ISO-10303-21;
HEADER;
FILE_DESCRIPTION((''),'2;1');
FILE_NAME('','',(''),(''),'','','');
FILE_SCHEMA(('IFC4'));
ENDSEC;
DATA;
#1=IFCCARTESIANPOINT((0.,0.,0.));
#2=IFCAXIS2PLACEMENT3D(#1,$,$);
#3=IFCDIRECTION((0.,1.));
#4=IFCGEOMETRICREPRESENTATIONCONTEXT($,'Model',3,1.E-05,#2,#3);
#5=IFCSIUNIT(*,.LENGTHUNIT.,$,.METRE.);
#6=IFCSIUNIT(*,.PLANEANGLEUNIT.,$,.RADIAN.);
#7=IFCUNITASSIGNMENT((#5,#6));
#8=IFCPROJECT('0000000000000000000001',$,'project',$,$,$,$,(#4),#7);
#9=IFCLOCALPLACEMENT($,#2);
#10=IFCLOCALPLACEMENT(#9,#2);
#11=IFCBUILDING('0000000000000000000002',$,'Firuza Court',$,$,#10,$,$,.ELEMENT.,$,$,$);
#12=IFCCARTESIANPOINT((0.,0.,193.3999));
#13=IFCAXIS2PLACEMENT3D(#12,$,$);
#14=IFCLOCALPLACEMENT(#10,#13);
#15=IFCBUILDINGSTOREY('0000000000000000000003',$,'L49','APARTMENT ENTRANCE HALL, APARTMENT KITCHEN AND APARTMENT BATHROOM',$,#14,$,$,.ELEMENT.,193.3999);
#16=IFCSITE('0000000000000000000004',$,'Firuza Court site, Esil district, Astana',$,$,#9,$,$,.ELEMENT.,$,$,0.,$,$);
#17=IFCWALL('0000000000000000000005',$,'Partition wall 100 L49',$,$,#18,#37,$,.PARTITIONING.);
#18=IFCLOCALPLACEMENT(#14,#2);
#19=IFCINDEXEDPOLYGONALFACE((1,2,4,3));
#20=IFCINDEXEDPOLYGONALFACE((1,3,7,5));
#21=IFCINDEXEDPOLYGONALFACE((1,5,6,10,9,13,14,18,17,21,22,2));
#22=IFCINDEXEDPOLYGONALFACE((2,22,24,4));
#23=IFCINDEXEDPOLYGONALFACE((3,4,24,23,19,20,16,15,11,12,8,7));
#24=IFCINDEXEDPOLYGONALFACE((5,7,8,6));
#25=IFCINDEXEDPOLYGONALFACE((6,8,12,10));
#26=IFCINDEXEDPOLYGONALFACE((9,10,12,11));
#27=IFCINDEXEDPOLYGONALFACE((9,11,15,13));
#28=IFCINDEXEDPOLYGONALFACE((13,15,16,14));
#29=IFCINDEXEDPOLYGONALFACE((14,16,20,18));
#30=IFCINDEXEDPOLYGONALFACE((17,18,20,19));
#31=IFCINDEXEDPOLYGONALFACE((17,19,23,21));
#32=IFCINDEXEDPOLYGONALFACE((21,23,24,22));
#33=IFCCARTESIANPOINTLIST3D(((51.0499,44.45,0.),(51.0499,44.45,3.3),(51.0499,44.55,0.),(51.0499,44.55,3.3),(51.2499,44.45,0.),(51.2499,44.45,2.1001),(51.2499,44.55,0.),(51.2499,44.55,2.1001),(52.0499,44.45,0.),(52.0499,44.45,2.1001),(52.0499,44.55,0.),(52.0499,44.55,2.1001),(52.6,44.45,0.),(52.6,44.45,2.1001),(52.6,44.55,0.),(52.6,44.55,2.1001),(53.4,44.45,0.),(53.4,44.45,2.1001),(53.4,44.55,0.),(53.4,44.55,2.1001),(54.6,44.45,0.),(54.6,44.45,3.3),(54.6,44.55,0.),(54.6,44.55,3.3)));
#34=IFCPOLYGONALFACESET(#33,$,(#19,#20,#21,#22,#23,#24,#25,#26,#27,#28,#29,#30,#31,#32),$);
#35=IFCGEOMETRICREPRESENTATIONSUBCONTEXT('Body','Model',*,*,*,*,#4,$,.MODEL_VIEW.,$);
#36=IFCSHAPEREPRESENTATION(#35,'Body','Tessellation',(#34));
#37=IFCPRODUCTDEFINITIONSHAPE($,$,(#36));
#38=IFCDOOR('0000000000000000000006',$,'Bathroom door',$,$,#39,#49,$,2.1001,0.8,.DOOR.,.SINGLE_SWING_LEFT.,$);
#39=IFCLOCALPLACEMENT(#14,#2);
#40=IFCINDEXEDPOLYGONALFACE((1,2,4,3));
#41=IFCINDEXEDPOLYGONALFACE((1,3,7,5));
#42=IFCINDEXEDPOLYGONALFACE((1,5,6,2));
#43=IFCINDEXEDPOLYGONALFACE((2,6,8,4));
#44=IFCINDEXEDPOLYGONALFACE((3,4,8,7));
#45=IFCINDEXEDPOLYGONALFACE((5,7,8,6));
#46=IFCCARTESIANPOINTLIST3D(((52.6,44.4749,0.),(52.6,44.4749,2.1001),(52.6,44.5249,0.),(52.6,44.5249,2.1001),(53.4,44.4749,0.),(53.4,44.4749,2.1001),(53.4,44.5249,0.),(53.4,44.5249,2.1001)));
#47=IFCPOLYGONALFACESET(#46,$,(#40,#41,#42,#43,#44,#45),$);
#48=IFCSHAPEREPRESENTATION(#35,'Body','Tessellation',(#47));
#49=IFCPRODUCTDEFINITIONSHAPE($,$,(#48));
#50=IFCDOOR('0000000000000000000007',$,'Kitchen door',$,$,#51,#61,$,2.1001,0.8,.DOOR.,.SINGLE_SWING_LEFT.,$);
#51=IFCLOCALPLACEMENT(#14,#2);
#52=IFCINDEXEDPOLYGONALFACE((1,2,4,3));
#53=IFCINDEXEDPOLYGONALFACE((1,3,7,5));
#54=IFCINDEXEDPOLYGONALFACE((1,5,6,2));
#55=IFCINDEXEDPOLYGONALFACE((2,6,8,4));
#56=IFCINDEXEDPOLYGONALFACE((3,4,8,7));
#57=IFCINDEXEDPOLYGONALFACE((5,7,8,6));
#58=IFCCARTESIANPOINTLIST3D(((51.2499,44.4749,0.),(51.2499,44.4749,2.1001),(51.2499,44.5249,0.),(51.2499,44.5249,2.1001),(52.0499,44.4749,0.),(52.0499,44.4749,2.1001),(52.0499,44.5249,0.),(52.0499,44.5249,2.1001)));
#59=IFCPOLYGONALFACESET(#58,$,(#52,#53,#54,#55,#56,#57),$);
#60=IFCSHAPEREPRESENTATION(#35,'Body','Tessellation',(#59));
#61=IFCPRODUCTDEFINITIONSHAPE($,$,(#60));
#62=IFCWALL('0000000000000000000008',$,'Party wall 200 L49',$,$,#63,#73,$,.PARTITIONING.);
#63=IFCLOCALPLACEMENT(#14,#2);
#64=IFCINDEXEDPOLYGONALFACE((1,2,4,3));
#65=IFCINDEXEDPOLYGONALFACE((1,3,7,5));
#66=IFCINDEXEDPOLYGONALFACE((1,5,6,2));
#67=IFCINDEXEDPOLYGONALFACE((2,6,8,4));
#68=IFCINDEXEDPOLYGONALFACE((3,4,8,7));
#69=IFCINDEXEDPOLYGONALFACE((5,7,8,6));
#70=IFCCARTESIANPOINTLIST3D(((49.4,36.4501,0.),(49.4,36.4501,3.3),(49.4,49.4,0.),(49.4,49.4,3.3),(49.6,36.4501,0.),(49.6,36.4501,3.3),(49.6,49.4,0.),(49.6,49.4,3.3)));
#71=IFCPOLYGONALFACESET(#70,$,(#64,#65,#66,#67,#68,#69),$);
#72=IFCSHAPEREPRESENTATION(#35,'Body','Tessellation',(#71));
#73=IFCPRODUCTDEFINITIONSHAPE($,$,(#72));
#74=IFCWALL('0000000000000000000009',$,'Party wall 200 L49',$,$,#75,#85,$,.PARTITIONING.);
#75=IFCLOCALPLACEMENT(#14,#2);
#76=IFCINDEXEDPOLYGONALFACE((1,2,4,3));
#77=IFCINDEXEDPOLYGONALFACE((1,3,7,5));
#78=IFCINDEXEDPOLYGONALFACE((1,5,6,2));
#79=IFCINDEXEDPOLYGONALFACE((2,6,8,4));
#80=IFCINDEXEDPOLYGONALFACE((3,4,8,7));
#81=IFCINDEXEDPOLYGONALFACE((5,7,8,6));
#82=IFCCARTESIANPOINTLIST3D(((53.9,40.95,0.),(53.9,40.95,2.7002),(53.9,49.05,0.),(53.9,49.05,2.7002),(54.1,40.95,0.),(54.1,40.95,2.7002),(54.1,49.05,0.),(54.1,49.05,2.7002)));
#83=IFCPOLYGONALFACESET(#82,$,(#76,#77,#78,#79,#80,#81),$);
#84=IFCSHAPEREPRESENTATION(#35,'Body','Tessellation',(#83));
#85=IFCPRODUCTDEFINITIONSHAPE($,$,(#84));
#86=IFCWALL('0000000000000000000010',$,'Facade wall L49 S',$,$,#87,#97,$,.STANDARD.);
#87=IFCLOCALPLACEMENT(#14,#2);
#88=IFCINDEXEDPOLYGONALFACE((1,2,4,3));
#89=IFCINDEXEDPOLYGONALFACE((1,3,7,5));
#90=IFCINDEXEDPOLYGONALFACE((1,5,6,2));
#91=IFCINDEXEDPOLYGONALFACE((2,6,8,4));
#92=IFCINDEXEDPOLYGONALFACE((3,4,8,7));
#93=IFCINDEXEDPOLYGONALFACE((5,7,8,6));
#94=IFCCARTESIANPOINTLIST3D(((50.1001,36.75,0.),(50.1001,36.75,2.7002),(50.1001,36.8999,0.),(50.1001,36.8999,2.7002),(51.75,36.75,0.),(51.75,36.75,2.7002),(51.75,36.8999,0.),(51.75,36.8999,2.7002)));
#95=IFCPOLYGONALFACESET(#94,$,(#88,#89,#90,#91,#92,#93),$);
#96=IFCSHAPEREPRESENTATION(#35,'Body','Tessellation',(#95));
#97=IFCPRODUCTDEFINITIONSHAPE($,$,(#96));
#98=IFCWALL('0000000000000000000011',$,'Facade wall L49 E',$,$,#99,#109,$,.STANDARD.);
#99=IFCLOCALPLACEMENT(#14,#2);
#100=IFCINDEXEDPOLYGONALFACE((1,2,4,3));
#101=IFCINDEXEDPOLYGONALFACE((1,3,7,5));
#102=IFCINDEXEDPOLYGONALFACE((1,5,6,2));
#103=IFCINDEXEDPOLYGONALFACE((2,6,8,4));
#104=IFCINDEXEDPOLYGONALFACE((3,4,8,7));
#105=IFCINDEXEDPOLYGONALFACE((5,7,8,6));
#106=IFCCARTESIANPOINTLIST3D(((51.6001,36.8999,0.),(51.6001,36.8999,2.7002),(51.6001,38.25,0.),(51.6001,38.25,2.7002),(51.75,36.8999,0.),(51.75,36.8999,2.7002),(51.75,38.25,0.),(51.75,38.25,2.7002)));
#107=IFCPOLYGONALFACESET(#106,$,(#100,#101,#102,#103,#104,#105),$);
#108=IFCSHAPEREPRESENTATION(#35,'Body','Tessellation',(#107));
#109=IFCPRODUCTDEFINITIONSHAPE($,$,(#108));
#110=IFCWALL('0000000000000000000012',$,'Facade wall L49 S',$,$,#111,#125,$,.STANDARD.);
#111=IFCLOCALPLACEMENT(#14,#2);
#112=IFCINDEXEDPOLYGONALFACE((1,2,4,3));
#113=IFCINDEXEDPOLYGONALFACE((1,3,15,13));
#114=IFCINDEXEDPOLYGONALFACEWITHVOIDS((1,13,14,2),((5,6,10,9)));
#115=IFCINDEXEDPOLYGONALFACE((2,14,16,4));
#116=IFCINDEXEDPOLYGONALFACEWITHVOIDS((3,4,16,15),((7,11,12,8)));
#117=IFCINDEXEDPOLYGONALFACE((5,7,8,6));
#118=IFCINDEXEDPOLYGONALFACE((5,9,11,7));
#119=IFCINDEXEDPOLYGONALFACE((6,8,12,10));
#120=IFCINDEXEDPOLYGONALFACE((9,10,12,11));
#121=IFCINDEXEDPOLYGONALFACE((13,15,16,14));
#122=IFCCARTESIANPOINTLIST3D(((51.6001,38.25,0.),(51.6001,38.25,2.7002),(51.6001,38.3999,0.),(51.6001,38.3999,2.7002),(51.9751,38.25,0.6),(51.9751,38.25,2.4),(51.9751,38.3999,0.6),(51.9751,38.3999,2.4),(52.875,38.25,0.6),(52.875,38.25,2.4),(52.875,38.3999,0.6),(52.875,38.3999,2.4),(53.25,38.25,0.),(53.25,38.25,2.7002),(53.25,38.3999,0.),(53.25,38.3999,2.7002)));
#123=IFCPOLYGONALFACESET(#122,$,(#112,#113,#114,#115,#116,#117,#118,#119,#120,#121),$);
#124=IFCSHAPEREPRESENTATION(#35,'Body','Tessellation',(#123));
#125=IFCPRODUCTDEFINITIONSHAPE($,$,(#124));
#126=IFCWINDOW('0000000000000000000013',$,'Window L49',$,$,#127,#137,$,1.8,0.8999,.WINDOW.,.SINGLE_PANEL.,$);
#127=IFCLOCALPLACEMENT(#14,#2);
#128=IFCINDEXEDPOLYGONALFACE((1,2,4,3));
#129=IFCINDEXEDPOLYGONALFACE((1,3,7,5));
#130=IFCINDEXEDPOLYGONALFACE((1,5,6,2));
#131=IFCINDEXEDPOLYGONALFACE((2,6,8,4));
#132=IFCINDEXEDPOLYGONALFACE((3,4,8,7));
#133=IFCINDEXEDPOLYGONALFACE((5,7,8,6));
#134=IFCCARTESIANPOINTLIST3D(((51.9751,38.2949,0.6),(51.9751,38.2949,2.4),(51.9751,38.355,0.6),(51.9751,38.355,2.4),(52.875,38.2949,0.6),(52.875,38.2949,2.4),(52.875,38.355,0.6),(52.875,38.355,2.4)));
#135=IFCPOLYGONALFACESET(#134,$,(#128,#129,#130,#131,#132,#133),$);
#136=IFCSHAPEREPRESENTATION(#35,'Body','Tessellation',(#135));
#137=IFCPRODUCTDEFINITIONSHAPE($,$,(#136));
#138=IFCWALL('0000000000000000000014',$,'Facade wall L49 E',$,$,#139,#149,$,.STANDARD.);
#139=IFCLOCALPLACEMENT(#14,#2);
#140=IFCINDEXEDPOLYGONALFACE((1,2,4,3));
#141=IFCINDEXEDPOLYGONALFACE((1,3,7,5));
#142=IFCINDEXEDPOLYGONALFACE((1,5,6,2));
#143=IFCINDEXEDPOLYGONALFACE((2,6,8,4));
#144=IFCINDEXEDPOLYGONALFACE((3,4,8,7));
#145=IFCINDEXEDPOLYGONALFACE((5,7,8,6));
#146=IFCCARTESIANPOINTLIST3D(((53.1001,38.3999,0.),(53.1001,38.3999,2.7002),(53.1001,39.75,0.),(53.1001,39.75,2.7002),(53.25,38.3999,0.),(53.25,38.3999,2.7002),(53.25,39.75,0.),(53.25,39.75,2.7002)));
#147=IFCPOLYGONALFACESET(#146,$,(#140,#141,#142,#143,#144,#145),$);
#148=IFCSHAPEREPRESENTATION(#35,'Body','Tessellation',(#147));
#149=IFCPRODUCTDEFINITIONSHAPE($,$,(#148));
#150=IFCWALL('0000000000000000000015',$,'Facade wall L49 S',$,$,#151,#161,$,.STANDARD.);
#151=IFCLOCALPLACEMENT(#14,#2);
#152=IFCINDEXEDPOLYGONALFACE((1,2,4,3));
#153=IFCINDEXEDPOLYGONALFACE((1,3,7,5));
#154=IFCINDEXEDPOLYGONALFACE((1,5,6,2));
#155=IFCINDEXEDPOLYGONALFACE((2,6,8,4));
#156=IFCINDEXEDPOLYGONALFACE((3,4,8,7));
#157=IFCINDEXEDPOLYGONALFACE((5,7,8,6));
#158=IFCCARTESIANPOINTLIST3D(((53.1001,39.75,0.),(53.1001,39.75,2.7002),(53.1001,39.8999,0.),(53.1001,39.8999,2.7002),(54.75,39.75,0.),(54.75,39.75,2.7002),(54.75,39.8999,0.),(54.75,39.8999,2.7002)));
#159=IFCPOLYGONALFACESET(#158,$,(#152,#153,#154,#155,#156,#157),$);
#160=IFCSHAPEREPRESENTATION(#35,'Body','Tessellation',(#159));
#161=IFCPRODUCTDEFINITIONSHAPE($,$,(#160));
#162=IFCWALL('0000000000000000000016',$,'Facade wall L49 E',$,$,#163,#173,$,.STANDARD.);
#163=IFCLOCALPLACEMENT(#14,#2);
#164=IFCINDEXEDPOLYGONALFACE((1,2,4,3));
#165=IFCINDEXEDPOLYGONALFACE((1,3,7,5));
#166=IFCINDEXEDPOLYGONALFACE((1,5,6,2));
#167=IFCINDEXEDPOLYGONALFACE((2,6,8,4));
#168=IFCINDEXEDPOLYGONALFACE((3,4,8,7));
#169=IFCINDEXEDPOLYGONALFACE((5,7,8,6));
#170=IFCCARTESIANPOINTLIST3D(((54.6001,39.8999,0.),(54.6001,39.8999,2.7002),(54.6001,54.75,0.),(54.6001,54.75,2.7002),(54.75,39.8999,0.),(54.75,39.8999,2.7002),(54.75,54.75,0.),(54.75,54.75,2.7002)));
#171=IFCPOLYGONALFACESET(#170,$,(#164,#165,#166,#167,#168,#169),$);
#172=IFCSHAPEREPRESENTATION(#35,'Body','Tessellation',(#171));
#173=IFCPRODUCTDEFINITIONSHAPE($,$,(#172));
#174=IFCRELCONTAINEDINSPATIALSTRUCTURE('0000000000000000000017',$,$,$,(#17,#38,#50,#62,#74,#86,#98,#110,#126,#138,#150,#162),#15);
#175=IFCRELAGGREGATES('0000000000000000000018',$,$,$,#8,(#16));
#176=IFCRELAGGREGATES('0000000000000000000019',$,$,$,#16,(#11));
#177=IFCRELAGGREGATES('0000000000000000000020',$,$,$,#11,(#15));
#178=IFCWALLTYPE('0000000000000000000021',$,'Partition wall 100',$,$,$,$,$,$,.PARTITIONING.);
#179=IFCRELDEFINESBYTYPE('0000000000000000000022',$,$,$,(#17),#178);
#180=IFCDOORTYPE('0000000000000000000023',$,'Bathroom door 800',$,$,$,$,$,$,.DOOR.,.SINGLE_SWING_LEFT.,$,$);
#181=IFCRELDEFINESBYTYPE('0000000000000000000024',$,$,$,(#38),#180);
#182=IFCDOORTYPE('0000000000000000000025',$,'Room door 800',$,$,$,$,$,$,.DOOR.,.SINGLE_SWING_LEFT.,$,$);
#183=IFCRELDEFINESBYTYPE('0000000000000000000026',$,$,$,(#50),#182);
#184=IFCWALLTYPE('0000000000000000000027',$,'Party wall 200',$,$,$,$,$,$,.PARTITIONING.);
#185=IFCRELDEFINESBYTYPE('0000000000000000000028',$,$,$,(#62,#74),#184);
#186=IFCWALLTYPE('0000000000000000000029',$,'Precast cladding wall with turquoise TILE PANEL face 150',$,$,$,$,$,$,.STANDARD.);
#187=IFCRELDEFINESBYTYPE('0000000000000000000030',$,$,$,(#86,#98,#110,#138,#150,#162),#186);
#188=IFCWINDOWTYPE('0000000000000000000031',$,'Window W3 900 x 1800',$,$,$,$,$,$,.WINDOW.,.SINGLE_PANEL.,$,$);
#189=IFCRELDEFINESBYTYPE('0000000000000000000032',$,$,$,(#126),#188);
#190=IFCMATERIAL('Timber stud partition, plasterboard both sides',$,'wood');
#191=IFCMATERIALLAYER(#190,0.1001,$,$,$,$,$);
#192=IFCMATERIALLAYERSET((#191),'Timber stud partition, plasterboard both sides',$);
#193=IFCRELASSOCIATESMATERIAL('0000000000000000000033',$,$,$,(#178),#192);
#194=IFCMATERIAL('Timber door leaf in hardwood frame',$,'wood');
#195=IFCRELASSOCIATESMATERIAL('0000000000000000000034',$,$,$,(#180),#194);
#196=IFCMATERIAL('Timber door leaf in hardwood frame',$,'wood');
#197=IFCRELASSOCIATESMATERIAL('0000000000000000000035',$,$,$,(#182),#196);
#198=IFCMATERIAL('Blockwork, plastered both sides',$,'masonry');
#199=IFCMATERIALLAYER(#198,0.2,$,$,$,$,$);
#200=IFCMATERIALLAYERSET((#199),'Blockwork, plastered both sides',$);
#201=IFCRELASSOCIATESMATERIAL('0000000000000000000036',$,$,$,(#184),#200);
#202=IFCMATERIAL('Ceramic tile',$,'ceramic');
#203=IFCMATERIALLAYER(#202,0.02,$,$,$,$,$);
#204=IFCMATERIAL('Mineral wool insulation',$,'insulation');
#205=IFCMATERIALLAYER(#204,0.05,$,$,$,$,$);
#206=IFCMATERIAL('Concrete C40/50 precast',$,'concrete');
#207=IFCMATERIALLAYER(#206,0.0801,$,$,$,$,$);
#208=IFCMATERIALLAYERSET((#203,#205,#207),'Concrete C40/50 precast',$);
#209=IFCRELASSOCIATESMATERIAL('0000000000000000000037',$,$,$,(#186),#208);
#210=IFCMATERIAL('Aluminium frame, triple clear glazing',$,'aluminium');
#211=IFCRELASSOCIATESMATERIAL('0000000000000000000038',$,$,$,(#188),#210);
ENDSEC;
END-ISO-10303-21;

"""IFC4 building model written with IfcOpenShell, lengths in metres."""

from ifc_helpers import new_model, si_unit, direction, frame, frame_2d, origin, place, context, subcontext, project, spatial, rectangle, extrude, material, layer, layer_set, type_object, element, fill, save


model = new_model("IFC4")

# Units and contexts
model_context = context("Model", 3, precision=1e-05, world=origin(), true_north=direction((0.0, 1.0)))
body_context = subcontext(model_context, "Body", "Model", "MODEL_VIEW")
ifc_project = project(units=[si_unit("LENGTHUNIT", "METRE"), si_unit("PLANEANGLEUNIT", "RADIAN")], contexts=[model_context])

# Site, building, storey
site_placement = place(None, origin())
site = spatial("IfcSite", under=ifc_project, at=site_placement, Name="Firuza Court site, Esil district, Astana", CompositionType="ELEMENT", RefElevation=0.0)
building_placement = place(site_placement, origin())
building = spatial("IfcBuilding", under=site, at=building_placement, Name="Firuza Court", CompositionType="ELEMENT")
storey_placement = place(building_placement, frame((0.0, 0.0, 193.3999)))
storey = spatial("IfcBuildingStorey", under=building, at=storey_placement, Name="L49", Description="APARTMENT ENTRANCE HALL, APARTMENT KITCHEN AND APARTMENT BATHROOM", CompositionType="ELEMENT", Elevation=193.3999)

# Shared definitions
ifc_material_1 = material(Name="Timber stud partition, plasterboard both sides", Category="wood")
ifc_layer_1 = layer(ifc_material_1, 0.1001)
ifc_layer_set_1 = layer_set([ifc_layer_1], Name="Timber stud partition, plasterboard both sides")
wall_type_1 = type_object("IfcWallType", Name="Partition wall 100", PredefinedType="PARTITIONING", material=ifc_layer_set_1)

# Wall, openings, doors
wall_1_placement = place(storey_placement, frame((51.05, 44.5, 0.0), z_axis=(0.0, 0.0, 1.0), x_axis=(1.0, 0.0, 0.0)))
wall_1 = element("IfcWall", 1, at=wall_1_placement, inside=storey, type_object=wall_type_1, Name="Partition wall 100 L49", PredefinedType="PARTITIONING", context=body_context, shape_type="SweptSolid", body=[
    extrude(rectangle(XDim=3.55, YDim=0.1001, at=frame_2d((1.7749, 0.0))), origin(), (0.0, 0.0, 1.0), 3.3),
])
opening_1_placement = place(wall_1_placement, frame((1.55, 0.0, 0.0)))
opening_1 = element("IfcOpeningElement", 2, at=opening_1_placement, cuts=wall_1, PredefinedType="OPENING", context=body_context, shape_type="SweptSolid", body=[
    extrude(rectangle(XDim=0.8, YDim=2.1001, at=frame_2d((0.3999, 1.05))), frame((0.0, 0.062, 0.0), z_axis=(0.0, -1.0, 0.0), x_axis=(1.0, 0.0, 0.0)), (0.0, 0.0, 1.0), 0.124),
])
opening_2_placement = place(wall_1_placement, frame((0.2, 0.0, 0.0)))
opening_2 = element("IfcOpeningElement", 3, at=opening_2_placement, cuts=wall_1, PredefinedType="OPENING", context=body_context, shape_type="SweptSolid", body=[
    extrude(rectangle(XDim=0.8, YDim=2.1001, at=frame_2d((0.3999, 1.05))), frame((0.0, 0.062, 0.0), z_axis=(0.0, -1.0, 0.0), x_axis=(1.0, 0.0, 0.0)), (0.0, 0.0, 1.0), 0.124),
])
ifc_material_2 = material(Name="Timber door leaf in hardwood frame", Category="wood")
door_type_1 = type_object("IfcDoorType", Name="Bathroom door 800", OperationType="SINGLE_SWING_LEFT", PredefinedType="DOOR", material=ifc_material_2)
door_1_placement = place(opening_1_placement, origin())
door_1 = element("IfcDoor", 4, at=door_1_placement, inside=storey, type_object=door_type_1, Name="Bathroom door", OperationType="SINGLE_SWING_LEFT", OverallHeight=2.1001, OverallWidth=0.8, PredefinedType="DOOR", context=body_context, shape_type="SweptSolid", body=[
    extrude(rectangle(XDim=0.8, YDim=2.1001, at=frame_2d((0.3999, 1.05))), frame((0.0, 0.0249, 0.0), z_axis=(0.0, -1.0, 0.0), x_axis=(1.0, 0.0, 0.0)), (0.0, 0.0, 1.0), 0.05),
])
fill(opening_1, door_1)
ifc_material_3 = material(Name="Timber door leaf in hardwood frame", Category="wood")
door_type_2 = type_object("IfcDoorType", Name="Room door 800", OperationType="SINGLE_SWING_LEFT", PredefinedType="DOOR", material=ifc_material_3)
door_2_placement = place(opening_2_placement, origin())
door_2 = element("IfcDoor", 5, at=door_2_placement, inside=storey, type_object=door_type_2, Name="Kitchen door", OperationType="SINGLE_SWING_LEFT", OverallHeight=2.1001, OverallWidth=0.8, PredefinedType="DOOR", context=body_context, shape_type="SweptSolid", body=[
    extrude(rectangle(XDim=0.8, YDim=2.1001, at=frame_2d((0.3999, 1.05))), frame((0.0, 0.0249, 0.0), z_axis=(0.0, -1.0, 0.0), x_axis=(1.0, 0.0, 0.0)), (0.0, 0.0, 1.0), 0.05),
])
fill(opening_2, door_2)

# Walls
ifc_material_4 = material(Name="Blockwork, plastered both sides", Category="masonry")
ifc_layer_2 = layer(ifc_material_4, 0.2)
ifc_layer_set_2 = layer_set([ifc_layer_2], Name="Blockwork, plastered both sides")
wall_type_2 = type_object("IfcWallType", Name="Party wall 200", PredefinedType="PARTITIONING", material=ifc_layer_set_2)
wall_2_placement = place(storey_placement, frame((49.5, 36.45, 0.0), z_axis=(0.0, 0.0, 1.0), x_axis=(0.0, 1.0, 0.0)))
element("IfcWall", 6, at=wall_2_placement, inside=storey, type_object=wall_type_2, Name="Party wall 200 L49", PredefinedType="PARTITIONING", context=body_context, shape_type="SweptSolid", body=[
    extrude(rectangle(XDim=12.95, YDim=0.2, at=frame_2d((6.4751, 0.0))), origin(), (0.0, 0.0, 1.0), 3.3),
])
wall_3_placement = place(storey_placement, frame((54.0, 40.95, 0.0), z_axis=(0.0, 0.0, 1.0), x_axis=(0.0, 1.0, 0.0)))
element("IfcWall", 7, at=wall_3_placement, inside=storey, type_object=wall_type_2, Name="Party wall 200 L49", PredefinedType="PARTITIONING", context=body_context, shape_type="SweptSolid", body=[
    extrude(rectangle(XDim=8.1001, YDim=0.2, at=frame_2d((4.05, 0.0))), origin(), (0.0, 0.0, 1.0), 2.7002),
])
ifc_material_5 = material(Name="Ceramic tile", Category="ceramic")
ifc_layer_3 = layer(ifc_material_5, 0.02)
ifc_material_6 = material(Name="Mineral wool insulation", Category="insulation")
ifc_layer_4 = layer(ifc_material_6, 0.05)
ifc_material_7 = material(Name="Concrete C40/50 precast", Category="concrete")
ifc_layer_5 = layer(ifc_material_7, 0.0801)
ifc_layer_set_3 = layer_set([ifc_layer_3, ifc_layer_4, ifc_layer_5], Name="Concrete C40/50 precast")
wall_type_3 = type_object("IfcWallType", Name="Precast cladding wall with turquoise TILE PANEL face 150", PredefinedType="STANDARD", material=ifc_layer_set_3)
wall_4_placement = place(storey_placement, frame((50.1001, 36.825, 0.0), z_axis=(0.0, 0.0, 1.0), x_axis=(1.0, 0.0, 0.0)))
element("IfcWall", 8, at=wall_4_placement, inside=storey, type_object=wall_type_3, Name="Facade wall L49 S", PredefinedType="STANDARD", context=body_context, shape_type="SweptSolid", body=[
    extrude(rectangle(XDim=1.6499, YDim=0.1499, at=frame_2d((0.825, 0.0))), origin(), (0.0, 0.0, 1.0), 2.7002),
])
wall_5_placement = place(storey_placement, frame((51.675, 36.8999, 0.0), z_axis=(0.0, 0.0, 1.0), x_axis=(0.0, 1.0, 0.0)))
element("IfcWall", 9, at=wall_5_placement, inside=storey, type_object=wall_type_3, Name="Facade wall L49 E", PredefinedType="STANDARD", context=body_context, shape_type="SweptSolid", body=[
    extrude(rectangle(XDim=1.3501, YDim=0.1499, at=frame_2d((0.675, 0.0))), origin(), (0.0, 0.0, 1.0), 2.7002),
])

# Wall, opening, window
wall_6_placement = place(storey_placement, frame((51.6001, 38.325, 0.0), z_axis=(0.0, 0.0, 1.0), x_axis=(1.0, 0.0, 0.0)))
wall_6 = element("IfcWall", 10, at=wall_6_placement, inside=storey, type_object=wall_type_3, Name="Facade wall L49 S", PredefinedType="STANDARD", context=body_context, shape_type="SweptSolid", body=[
    extrude(rectangle(XDim=1.6499, YDim=0.1499, at=frame_2d((0.825, 0.0))), origin(), (0.0, 0.0, 1.0), 2.7002),
])
opening_3_placement = place(wall_6_placement, frame((0.375, 0.0, 0.6001)))
opening_3 = element("IfcOpeningElement", 11, at=opening_3_placement, cuts=wall_6, PredefinedType="OPENING", context=body_context, shape_type="SweptSolid", body=[
    extrude(rectangle(XDim=0.8999, YDim=1.8, at=frame_2d((0.45, 0.8999))), frame((0.0, 0.0869, 0.0), z_axis=(0.0, -1.0, 0.0), x_axis=(1.0, 0.0, 0.0)), (0.0, 0.0, 1.0), 0.1738),
])
ifc_material_8 = material(Name="Aluminium frame, triple clear glazing", Category="aluminium")
window_type = type_object("IfcWindowType", Name="Window W3 900 x 1800", PartitioningType="SINGLE_PANEL", PredefinedType="WINDOW", material=ifc_material_8)
window_placement = place(opening_3_placement, origin())
window = element("IfcWindow", 12, at=window_placement, inside=storey, type_object=window_type, Name="Window L49", OverallHeight=1.8, OverallWidth=0.8999, PartitioningType="SINGLE_PANEL", PredefinedType="WINDOW", context=body_context, shape_type="SweptSolid", body=[
    extrude(rectangle(XDim=0.8999, YDim=1.8, at=frame_2d((0.45, 0.8999))), frame((0.0, 0.03, 0.0), z_axis=(0.0, -1.0, 0.0), x_axis=(1.0, 0.0, 0.0)), (0.0, 0.0, 1.0), 0.0601),
])
fill(opening_3, window)

# Walls
wall_7_placement = place(storey_placement, frame((53.175, 38.3999, 0.0), z_axis=(0.0, 0.0, 1.0), x_axis=(0.0, 1.0, 0.0)))
element("IfcWall", 13, at=wall_7_placement, inside=storey, type_object=wall_type_3, Name="Facade wall L49 E", PredefinedType="STANDARD", context=body_context, shape_type="SweptSolid", body=[
    extrude(rectangle(XDim=1.3501, YDim=0.1499, at=frame_2d((0.675, 0.0))), origin(), (0.0, 0.0, 1.0), 2.7002),
])
wall_8_placement = place(storey_placement, frame((53.1001, 39.825, 0.0), z_axis=(0.0, 0.0, 1.0), x_axis=(1.0, 0.0, 0.0)))
element("IfcWall", 14, at=wall_8_placement, inside=storey, type_object=wall_type_3, Name="Facade wall L49 S", PredefinedType="STANDARD", context=body_context, shape_type="SweptSolid", body=[
    extrude(rectangle(XDim=1.6499, YDim=0.1499, at=frame_2d((0.825, 0.0))), origin(), (0.0, 0.0, 1.0), 2.7002),
])
wall_9_placement = place(storey_placement, frame((54.675, 39.8999, 0.0), z_axis=(0.0, 0.0, 1.0), x_axis=(0.0, 1.0, 0.0)))
element("IfcWall", 15, at=wall_9_placement, inside=storey, type_object=wall_type_3, Name="Facade wall L49 E", PredefinedType="STANDARD", context=body_context, shape_type="SweptSolid", body=[
    extrude(rectangle(XDim=14.8501, YDim=0.1499, at=frame_2d((7.425, 0.0))), origin(), (0.0, 0.0, 1.0), 2.7002),
])

save(model, "model.ifc")
